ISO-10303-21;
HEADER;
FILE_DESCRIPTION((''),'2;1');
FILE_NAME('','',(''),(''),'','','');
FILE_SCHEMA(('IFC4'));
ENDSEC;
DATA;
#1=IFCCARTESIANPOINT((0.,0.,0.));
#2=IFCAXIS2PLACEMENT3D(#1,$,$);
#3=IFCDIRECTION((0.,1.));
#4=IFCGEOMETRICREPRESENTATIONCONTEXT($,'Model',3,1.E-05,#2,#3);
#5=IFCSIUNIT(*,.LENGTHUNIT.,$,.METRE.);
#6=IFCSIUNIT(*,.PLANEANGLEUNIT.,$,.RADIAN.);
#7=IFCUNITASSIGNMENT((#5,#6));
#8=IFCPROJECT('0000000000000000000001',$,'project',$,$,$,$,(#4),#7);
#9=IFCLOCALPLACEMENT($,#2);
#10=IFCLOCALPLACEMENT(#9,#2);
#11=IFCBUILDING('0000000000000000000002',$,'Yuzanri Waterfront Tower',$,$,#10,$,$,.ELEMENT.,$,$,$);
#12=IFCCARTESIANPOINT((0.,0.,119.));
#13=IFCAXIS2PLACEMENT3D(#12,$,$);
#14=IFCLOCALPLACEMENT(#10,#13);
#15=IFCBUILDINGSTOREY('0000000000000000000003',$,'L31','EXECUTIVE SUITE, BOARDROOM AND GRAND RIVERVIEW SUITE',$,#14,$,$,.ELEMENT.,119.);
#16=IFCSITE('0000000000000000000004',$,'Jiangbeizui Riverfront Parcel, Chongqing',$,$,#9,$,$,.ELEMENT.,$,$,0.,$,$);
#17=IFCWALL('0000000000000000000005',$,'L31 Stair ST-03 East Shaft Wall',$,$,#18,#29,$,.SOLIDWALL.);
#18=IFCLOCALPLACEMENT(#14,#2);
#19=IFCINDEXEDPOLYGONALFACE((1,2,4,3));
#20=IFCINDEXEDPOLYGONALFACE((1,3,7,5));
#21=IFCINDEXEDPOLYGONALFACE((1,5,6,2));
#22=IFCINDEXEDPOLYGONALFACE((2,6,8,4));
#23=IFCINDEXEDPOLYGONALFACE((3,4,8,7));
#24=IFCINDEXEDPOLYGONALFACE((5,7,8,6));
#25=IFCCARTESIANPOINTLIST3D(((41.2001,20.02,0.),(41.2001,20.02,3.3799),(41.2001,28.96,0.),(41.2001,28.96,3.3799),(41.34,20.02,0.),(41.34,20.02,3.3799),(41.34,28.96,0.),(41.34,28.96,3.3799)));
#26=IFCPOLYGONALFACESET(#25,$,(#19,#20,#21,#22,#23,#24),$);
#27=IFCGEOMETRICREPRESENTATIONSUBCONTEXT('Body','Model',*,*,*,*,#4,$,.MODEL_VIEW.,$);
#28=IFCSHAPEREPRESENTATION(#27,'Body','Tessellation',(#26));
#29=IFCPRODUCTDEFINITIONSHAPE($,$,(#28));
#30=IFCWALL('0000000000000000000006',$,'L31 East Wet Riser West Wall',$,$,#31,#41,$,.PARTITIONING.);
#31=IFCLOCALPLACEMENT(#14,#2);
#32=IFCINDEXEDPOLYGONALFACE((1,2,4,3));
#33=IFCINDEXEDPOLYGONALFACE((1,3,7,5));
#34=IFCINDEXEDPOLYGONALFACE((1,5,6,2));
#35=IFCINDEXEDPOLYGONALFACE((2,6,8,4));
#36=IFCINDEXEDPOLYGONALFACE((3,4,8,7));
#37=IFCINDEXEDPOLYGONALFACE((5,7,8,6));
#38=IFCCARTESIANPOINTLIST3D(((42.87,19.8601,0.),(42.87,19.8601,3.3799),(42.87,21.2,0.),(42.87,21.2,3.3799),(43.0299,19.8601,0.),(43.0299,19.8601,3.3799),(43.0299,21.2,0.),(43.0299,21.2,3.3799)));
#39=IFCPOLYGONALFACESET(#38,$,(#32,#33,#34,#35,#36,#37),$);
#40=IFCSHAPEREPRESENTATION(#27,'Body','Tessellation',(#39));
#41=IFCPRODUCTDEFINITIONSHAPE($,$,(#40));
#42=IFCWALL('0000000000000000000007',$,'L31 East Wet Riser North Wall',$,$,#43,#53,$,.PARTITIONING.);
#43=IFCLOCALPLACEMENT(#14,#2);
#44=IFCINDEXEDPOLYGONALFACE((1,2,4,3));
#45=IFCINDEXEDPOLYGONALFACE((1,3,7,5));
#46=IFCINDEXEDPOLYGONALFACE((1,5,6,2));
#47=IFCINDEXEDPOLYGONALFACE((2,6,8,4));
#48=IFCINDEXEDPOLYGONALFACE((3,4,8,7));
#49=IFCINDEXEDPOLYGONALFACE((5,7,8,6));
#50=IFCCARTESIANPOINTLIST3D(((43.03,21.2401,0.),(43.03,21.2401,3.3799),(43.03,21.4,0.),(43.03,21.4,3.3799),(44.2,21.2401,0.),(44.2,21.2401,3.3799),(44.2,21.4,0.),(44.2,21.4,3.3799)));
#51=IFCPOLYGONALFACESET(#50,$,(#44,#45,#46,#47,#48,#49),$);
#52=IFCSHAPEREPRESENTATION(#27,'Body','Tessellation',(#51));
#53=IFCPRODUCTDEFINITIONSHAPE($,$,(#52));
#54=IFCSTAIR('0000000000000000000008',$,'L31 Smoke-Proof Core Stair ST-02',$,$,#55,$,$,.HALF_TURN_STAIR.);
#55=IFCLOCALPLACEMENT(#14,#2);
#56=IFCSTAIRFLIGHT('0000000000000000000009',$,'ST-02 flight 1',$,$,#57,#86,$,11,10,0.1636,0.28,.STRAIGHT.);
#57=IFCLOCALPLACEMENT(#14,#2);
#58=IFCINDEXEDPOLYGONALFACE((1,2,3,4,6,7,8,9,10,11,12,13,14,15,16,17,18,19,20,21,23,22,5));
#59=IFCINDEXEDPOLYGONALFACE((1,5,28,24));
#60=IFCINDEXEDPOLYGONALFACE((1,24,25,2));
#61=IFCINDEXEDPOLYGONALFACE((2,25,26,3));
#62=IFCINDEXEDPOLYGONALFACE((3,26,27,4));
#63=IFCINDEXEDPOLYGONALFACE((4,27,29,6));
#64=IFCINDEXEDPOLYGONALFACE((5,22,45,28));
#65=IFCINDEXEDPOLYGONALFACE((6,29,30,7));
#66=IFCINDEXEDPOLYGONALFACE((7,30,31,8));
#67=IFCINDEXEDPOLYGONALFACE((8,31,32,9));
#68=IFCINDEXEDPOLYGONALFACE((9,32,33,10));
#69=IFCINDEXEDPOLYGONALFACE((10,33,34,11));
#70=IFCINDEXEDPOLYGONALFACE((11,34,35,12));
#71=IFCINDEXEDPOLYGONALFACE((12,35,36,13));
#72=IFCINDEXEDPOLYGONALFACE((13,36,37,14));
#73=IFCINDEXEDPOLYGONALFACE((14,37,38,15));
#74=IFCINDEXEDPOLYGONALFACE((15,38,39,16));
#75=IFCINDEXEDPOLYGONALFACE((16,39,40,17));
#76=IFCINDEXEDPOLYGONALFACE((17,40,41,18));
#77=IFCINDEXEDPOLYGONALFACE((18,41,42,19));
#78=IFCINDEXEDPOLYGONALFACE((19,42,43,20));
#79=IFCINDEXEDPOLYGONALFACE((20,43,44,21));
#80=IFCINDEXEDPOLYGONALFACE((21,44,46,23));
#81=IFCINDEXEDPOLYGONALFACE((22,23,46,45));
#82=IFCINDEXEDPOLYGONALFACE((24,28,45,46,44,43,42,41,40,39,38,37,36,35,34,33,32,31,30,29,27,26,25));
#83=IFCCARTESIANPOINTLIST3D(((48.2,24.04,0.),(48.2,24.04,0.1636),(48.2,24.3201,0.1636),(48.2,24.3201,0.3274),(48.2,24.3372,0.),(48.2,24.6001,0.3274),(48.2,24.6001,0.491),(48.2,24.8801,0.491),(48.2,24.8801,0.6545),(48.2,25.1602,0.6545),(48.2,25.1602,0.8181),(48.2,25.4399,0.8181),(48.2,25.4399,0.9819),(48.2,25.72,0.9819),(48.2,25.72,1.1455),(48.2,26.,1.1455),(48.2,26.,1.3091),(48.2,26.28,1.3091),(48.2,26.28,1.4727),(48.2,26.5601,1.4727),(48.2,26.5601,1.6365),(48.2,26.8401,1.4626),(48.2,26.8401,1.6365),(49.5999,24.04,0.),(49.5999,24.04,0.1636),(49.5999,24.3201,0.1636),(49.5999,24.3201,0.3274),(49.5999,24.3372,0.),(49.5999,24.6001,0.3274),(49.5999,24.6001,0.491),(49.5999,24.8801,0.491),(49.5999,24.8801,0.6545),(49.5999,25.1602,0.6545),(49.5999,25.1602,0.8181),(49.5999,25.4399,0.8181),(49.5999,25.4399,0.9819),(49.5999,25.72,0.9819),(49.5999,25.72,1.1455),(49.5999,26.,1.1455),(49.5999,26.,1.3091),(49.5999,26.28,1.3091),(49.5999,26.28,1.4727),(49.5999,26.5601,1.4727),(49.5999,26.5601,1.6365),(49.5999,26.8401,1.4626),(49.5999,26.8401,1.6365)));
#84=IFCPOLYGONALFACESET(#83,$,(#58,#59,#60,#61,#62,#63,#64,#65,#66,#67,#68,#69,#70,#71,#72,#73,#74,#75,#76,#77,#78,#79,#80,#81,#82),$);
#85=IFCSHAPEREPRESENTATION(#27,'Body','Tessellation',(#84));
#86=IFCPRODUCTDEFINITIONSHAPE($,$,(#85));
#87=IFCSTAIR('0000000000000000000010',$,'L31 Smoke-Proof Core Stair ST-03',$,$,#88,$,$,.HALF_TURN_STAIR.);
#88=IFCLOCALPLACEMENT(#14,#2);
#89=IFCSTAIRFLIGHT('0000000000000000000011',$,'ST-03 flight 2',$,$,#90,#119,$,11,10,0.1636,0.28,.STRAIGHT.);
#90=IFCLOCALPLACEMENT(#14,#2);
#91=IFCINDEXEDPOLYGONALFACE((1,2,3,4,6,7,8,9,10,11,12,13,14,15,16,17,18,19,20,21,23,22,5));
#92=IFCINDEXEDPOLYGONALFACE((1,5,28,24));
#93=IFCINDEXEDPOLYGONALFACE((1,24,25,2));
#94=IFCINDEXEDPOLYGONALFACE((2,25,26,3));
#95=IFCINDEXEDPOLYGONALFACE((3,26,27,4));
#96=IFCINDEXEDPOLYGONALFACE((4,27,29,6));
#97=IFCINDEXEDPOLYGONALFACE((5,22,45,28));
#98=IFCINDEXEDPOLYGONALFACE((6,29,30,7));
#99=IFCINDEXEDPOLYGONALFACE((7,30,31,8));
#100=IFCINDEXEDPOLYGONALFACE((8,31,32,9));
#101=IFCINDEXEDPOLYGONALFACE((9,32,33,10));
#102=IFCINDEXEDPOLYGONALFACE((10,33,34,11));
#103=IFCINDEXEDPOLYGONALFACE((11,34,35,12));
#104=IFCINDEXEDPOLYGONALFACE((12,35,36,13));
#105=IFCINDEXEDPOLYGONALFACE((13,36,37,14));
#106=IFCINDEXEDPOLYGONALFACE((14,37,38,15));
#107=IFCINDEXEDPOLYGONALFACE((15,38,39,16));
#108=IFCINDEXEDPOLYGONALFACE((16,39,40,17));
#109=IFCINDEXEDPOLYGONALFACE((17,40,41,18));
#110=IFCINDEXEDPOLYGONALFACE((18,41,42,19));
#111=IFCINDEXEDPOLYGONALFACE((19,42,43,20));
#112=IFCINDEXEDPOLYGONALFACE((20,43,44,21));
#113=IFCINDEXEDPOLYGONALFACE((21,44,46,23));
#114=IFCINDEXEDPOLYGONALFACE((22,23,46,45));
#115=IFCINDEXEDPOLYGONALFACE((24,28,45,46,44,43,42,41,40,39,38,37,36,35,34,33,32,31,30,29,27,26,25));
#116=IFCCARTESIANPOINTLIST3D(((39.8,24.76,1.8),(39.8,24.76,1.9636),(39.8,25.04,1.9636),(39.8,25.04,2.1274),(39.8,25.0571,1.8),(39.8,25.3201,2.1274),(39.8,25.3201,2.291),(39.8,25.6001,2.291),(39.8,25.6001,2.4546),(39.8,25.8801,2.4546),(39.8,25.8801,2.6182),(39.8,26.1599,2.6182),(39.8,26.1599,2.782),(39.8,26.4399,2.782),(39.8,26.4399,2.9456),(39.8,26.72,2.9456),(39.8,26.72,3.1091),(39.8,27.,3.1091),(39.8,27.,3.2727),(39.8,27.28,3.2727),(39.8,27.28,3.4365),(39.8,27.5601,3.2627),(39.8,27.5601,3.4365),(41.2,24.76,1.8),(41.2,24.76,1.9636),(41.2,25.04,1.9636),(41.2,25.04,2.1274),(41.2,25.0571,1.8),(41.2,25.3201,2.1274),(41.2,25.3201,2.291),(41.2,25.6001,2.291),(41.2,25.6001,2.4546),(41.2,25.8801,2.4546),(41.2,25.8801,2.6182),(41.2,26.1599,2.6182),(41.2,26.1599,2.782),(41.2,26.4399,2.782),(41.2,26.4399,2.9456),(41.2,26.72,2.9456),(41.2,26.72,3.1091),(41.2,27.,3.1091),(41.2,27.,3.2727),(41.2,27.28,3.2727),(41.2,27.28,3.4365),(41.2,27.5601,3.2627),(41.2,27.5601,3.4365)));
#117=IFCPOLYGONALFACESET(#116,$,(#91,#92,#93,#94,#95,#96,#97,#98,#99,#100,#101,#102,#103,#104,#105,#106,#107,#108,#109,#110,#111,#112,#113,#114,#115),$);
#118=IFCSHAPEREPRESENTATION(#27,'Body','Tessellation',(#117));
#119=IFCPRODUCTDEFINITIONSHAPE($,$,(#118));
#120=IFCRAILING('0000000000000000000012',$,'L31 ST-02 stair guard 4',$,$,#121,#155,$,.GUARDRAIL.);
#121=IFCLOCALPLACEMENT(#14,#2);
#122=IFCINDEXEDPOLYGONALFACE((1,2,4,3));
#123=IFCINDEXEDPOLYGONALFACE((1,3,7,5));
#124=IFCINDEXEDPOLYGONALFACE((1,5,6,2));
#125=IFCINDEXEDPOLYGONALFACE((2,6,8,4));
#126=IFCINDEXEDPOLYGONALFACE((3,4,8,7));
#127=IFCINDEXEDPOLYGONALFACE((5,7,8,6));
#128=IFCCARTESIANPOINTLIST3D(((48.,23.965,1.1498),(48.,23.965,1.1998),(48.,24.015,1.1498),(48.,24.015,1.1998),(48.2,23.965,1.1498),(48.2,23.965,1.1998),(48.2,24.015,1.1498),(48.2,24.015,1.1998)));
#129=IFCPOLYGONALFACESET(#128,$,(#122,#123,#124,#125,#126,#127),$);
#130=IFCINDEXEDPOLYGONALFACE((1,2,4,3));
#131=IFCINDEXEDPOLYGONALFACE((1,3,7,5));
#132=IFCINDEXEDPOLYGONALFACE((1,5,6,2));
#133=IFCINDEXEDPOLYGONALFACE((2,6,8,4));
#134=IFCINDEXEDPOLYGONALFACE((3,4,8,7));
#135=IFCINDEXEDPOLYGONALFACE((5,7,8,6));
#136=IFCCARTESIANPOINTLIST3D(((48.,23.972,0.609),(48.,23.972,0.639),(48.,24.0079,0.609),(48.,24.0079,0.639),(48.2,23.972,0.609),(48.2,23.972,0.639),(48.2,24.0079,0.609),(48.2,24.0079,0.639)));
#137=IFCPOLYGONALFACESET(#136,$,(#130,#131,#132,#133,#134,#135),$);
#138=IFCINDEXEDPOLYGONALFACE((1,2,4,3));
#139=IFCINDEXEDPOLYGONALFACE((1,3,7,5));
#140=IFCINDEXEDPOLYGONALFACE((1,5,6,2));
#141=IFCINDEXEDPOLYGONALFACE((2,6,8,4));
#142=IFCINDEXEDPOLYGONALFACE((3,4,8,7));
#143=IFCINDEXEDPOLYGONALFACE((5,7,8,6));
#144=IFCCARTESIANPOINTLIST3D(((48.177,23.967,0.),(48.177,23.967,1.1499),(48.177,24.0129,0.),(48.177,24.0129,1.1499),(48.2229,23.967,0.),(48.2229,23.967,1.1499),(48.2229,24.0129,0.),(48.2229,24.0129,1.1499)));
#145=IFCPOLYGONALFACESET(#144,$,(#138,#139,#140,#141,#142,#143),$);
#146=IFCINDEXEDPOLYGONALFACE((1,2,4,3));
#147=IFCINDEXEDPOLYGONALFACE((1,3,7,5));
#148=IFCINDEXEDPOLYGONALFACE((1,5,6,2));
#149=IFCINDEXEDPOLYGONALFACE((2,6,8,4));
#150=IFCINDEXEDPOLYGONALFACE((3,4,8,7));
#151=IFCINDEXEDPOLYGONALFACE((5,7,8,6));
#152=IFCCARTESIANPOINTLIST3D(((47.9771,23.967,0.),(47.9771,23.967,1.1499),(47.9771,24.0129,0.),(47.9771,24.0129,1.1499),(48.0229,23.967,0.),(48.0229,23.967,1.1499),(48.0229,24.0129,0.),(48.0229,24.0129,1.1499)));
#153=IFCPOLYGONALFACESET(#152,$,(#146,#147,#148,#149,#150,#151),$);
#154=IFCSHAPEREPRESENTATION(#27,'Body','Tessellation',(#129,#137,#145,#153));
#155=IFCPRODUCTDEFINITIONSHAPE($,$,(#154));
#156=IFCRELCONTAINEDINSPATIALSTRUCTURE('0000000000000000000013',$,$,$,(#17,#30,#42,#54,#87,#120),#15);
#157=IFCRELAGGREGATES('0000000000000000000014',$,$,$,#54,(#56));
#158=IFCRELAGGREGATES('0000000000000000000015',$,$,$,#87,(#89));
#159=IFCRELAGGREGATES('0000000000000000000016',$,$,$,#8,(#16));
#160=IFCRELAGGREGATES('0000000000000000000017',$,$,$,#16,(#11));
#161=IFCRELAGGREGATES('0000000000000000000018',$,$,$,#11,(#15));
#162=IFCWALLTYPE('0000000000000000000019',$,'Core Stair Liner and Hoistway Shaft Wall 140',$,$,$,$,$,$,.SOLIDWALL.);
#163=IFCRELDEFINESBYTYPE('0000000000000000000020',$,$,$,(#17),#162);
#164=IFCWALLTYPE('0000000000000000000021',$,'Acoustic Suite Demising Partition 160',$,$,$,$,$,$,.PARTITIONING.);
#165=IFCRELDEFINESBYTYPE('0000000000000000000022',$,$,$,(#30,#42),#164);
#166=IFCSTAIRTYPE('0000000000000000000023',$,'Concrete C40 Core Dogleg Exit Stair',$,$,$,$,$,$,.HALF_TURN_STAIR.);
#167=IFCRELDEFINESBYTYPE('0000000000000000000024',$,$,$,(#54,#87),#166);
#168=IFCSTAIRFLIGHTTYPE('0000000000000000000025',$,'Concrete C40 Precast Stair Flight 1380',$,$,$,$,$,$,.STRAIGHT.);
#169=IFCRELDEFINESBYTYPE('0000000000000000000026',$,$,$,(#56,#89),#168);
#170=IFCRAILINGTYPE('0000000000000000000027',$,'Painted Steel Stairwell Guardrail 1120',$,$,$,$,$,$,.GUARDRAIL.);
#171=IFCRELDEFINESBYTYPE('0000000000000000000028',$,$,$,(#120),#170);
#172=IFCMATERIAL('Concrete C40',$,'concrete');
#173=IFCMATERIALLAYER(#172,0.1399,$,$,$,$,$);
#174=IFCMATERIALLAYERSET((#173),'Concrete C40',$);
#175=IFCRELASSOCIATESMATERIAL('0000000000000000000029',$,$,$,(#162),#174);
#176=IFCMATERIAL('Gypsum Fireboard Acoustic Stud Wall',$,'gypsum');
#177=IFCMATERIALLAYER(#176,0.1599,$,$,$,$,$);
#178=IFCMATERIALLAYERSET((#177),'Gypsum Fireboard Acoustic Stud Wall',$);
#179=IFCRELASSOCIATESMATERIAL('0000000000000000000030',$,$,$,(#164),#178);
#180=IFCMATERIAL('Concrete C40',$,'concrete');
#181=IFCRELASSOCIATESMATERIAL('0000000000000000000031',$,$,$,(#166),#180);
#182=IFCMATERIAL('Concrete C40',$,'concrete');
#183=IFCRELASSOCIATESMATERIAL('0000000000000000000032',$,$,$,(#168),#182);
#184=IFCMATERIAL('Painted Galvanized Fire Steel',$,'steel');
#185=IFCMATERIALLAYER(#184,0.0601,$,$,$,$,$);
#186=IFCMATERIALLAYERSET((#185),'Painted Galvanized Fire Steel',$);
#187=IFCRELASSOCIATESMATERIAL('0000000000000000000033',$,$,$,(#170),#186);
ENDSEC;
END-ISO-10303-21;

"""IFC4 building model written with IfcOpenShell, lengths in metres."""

from ifc_helpers import new_model, si_unit, direction, frame, frame_2d, origin, origin_2d, place, context, subcontext, project, spatial, polyline, rectangle, outline, extrude, source, transform, mapped, material, layer, layer_set, type_object, element, aggregate, save


model = new_model("IFC4")

# Units and contexts
model_context = context("Model", 3, precision=1e-05, world=origin(), true_north=direction((0.0, 1.0)))
body_context = subcontext(model_context, "Body", "Model", "MODEL_VIEW")
ifc_project = project(units=[si_unit("LENGTHUNIT", "METRE"), si_unit("PLANEANGLEUNIT", "RADIAN")], contexts=[model_context])

# Site, building, storey
site_placement = place(None, origin())
site = spatial("IfcSite", under=ifc_project, at=site_placement, Name="Jiangbeizui Riverfront Parcel, Chongqing", CompositionType="ELEMENT", RefElevation=0.0)
building_placement = place(site_placement, origin())
building = spatial("IfcBuilding", under=site, at=building_placement, Name="Yuzanri Waterfront Tower", CompositionType="ELEMENT")
storey_placement = place(building_placement, frame((0.0, 0.0, 119.0)))
storey = spatial("IfcBuildingStorey", under=building, at=storey_placement, Name="L31", Description="EXECUTIVE SUITE, BOARDROOM AND GRAND RIVERVIEW SUITE", CompositionType="ELEMENT", Elevation=119.0)

# Shared definitions
ifc_material_1 = material(Name="Concrete C40", Category="concrete")
ifc_layer_1 = layer(ifc_material_1, 0.1399)
ifc_layer_set_1 = layer_set([ifc_layer_1], Name="Concrete C40")
wall_type_1 = type_object("IfcWallType", Name="Core Stair Liner and Hoistway Shaft Wall 140", PredefinedType="SOLIDWALL", material=ifc_layer_set_1)

# Walls
shared_shape_1 = source(origin(), body_context, "Body", "SweptSolid", [
    extrude(rectangle(XDim=8.9399, YDim=0.1399, at=frame_2d((4.47, 0.0))), origin(), (0.0, 0.0, 1.0), 3.3799),
])
wall_1_placement = place(storey_placement, frame((41.27, 20.02, 0.0), z_axis=(0.0, 0.0, 1.0), x_axis=(0.0, 1.0, 0.0)))
element("IfcWall", 1, at=wall_1_placement, inside=storey, type_object=wall_type_1, Name="L31 Stair ST-03 East Shaft Wall", PredefinedType="SOLIDWALL", context=body_context, shape_type="MappedRepresentation", body=[
    mapped(shared_shape_1, transform((0.0, 0.0, 0.0), scale=1.0)),
])
ifc_material_2 = material(Name="Gypsum Fireboard Acoustic Stud Wall", Category="gypsum")
ifc_layer_2 = layer(ifc_material_2, 0.1599)
ifc_layer_set_2 = layer_set([ifc_layer_2], Name="Gypsum Fireboard Acoustic Stud Wall")
wall_type_2 = type_object("IfcWallType", Name="Acoustic Suite Demising Partition 160", PredefinedType="PARTITIONING", material=ifc_layer_set_2)
shared_shape_2 = source(origin(), body_context, "Body", "SweptSolid", [
    extrude(rectangle(XDim=1.3398, YDim=0.1599, at=frame_2d((0.6699, 0.0))), origin(), (0.0, 0.0, 1.0), 3.3799),
])
wall_2_placement = place(storey_placement, frame((42.95, 19.8601, 0.0), z_axis=(0.0, 0.0, 1.0), x_axis=(0.0, 1.0, 0.0)))
element("IfcWall", 2, at=wall_2_placement, inside=storey, type_object=wall_type_2, Name="L31 East Wet Riser West Wall", PredefinedType="PARTITIONING", context=body_context, shape_type="MappedRepresentation", body=[
    mapped(shared_shape_2, transform((0.0, 0.0, 0.0), scale=1.0)),
])
shared_shape_3 = source(origin(), body_context, "Body", "SweptSolid", [
    extrude(rectangle(XDim=1.1699, YDim=0.1599, at=frame_2d((0.585, 0.0))), origin(), (0.0, 0.0, 1.0), 3.3799),
])
wall_3_placement = place(storey_placement, frame((43.03, 21.3201, 0.0), z_axis=(0.0, 0.0, 1.0), x_axis=(1.0, 0.0, 0.0)))
element("IfcWall", 3, at=wall_3_placement, inside=storey, type_object=wall_type_2, Name="L31 East Wet Riser North Wall", PredefinedType="PARTITIONING", context=body_context, shape_type="MappedRepresentation", body=[
    mapped(shared_shape_3, transform((0.0, 0.0, 0.0), scale=1.0)),
])

# Stairs, stair flights
ifc_material_3 = material(Name="Concrete C40", Category="concrete")
stair_type = type_object("IfcStairType", Name="Concrete C40 Core Dogleg Exit Stair", PredefinedType="HALF_TURN_STAIR", material=ifc_material_3)
stair_1_placement = place(storey_placement, origin())
stair_1 = element("IfcStair", 4, at=stair_1_placement, inside=storey, type_object=stair_type, Name="L31 Smoke-Proof Core Stair ST-02", PredefinedType="HALF_TURN_STAIR")
ifc_material_4 = material(Name="Concrete C40", Category="concrete")
stair_flight_type = type_object("IfcStairFlightType", Name="Concrete C40 Precast Stair Flight 1380", PredefinedType="STRAIGHT", material=ifc_material_4)
shared_shape_4 = source(origin(), body_context, "Body", "SweptSolid", [
    extrude(outline(polyline([(0.0, 0.0), (0.0, 0.1636), (0.28, 0.1636), (0.28, 0.3274), (0.5601, 0.3274), (0.5601, 0.491), (0.8401, 0.491), (0.8401, 0.6545), (1.1201, 0.6545), (1.1201, 0.8181), (1.3999, 0.8181), (1.3999, 0.9819), (1.6799, 0.9819), (1.6799, 1.1455), (1.96, 1.1455), (1.96, 1.3091), (2.24, 1.3091), (2.24, 1.4727), (2.52, 1.4727), (2.52, 1.6365), (2.8, 1.6365), (2.8, 1.8), (2.8, 1.4626), (0.2971, 0.0), (0.0, 0.0)])), frame((0.0, 0.7, 0.0), z_axis=(0.0, -1.0, 0.0), x_axis=(1.0, 0.0, 0.0)), (0.0, 0.0, 1.0), 1.3999),
])
stair_flight_1_placement = place(storey_placement, frame((48.8999, 24.04, 0.0), z_axis=(0.0, 0.0, 1.0), x_axis=(0.0, 1.0, 0.0)))
stair_flight_1 = element("IfcStairFlight", 5, at=stair_flight_1_placement, type_object=stair_flight_type, Name="ST-02 flight 1", NumberOfRisers=11, NumberOfTreads=10, PredefinedType="STRAIGHT", RiserHeight=0.1636, TreadLength=0.28, context=body_context, shape_type="MappedRepresentation", body=[
    mapped(shared_shape_4, transform((0.0, 0.0, 0.0), scale=1.0)),
])
aggregate(stair_1, [stair_flight_1])
stair_2_placement = place(storey_placement, origin())
stair_2 = element("IfcStair", 6, at=stair_2_placement, inside=storey, type_object=stair_type, Name="L31 Smoke-Proof Core Stair ST-03", PredefinedType="HALF_TURN_STAIR")
stair_flight_2_placement = place(storey_placement, frame((40.5, 24.76, 1.8), z_axis=(0.0, 0.0, 1.0), x_axis=(0.0, 1.0, 0.0)))
stair_flight_2 = element("IfcStairFlight", 7, at=stair_flight_2_placement, type_object=stair_flight_type, Name="ST-03 flight 2", NumberOfRisers=11, NumberOfTreads=10, PredefinedType="STRAIGHT", RiserHeight=0.1636, TreadLength=0.28, context=body_context, shape_type="MappedRepresentation", body=[
    mapped(shared_shape_4, transform((0.0, 0.0, 0.0), scale=1.0)),
])
aggregate(stair_2, [stair_flight_2])

# Railing
ifc_material_5 = material(Name="Painted Galvanized Fire Steel", Category="steel")
ifc_layer_3 = layer(ifc_material_5, 0.0601)
ifc_layer_set_3 = layer_set([ifc_layer_3], Name="Painted Galvanized Fire Steel")
railing_type_1 = type_object("IfcRailingType", Name="Painted Steel Stairwell Guardrail 1120", PredefinedType="GUARDRAIL", material=ifc_layer_set_3)
shared_shape_5 = source(origin(), body_context, "Body", "SweptSolid", [
    extrude(rectangle(XDim=0.05, YDim=0.05, at=origin_2d()), frame((0.0, 0.0, 1.1748), z_axis=(-1.0, 0.0, 0.0), x_axis=(0.0, -1.0, 0.0)), (0.0, 0.0, 1.0), 0.2),
    extrude(rectangle(XDim=0.0359, YDim=0.03, at=origin_2d()), frame((0.0, 0.0, 0.624), z_axis=(-1.0, 0.0, 0.0), x_axis=(0.0, -1.0, 0.0)), (0.0, 0.0, 1.0), 0.2),
    extrude(rectangle(XDim=0.0459, YDim=0.0459, at=origin_2d()), origin(), (0.0, 0.0, 1.0), 1.1499),
    extrude(rectangle(XDim=0.0459, YDim=0.0459, at=origin_2d()), frame((-0.2, 0.0, 0.0)), (0.0, 0.0, 1.0), 1.1499),
])
railing_1_placement = place(storey_placement, frame((48.2, 23.99, 0.0)))
element("IfcRailing", 8, at=railing_1_placement, inside=storey, type_object=railing_type_1, Name="L31 ST-02 stair guard 4", PredefinedType="GUARDRAIL", context=body_context, shape_type="MappedRepresentation", body=[
    mapped(shared_shape_5, transform((0.0, 0.0, 0.0), scale=1.0)),
])

save(model, "model.ifc")
